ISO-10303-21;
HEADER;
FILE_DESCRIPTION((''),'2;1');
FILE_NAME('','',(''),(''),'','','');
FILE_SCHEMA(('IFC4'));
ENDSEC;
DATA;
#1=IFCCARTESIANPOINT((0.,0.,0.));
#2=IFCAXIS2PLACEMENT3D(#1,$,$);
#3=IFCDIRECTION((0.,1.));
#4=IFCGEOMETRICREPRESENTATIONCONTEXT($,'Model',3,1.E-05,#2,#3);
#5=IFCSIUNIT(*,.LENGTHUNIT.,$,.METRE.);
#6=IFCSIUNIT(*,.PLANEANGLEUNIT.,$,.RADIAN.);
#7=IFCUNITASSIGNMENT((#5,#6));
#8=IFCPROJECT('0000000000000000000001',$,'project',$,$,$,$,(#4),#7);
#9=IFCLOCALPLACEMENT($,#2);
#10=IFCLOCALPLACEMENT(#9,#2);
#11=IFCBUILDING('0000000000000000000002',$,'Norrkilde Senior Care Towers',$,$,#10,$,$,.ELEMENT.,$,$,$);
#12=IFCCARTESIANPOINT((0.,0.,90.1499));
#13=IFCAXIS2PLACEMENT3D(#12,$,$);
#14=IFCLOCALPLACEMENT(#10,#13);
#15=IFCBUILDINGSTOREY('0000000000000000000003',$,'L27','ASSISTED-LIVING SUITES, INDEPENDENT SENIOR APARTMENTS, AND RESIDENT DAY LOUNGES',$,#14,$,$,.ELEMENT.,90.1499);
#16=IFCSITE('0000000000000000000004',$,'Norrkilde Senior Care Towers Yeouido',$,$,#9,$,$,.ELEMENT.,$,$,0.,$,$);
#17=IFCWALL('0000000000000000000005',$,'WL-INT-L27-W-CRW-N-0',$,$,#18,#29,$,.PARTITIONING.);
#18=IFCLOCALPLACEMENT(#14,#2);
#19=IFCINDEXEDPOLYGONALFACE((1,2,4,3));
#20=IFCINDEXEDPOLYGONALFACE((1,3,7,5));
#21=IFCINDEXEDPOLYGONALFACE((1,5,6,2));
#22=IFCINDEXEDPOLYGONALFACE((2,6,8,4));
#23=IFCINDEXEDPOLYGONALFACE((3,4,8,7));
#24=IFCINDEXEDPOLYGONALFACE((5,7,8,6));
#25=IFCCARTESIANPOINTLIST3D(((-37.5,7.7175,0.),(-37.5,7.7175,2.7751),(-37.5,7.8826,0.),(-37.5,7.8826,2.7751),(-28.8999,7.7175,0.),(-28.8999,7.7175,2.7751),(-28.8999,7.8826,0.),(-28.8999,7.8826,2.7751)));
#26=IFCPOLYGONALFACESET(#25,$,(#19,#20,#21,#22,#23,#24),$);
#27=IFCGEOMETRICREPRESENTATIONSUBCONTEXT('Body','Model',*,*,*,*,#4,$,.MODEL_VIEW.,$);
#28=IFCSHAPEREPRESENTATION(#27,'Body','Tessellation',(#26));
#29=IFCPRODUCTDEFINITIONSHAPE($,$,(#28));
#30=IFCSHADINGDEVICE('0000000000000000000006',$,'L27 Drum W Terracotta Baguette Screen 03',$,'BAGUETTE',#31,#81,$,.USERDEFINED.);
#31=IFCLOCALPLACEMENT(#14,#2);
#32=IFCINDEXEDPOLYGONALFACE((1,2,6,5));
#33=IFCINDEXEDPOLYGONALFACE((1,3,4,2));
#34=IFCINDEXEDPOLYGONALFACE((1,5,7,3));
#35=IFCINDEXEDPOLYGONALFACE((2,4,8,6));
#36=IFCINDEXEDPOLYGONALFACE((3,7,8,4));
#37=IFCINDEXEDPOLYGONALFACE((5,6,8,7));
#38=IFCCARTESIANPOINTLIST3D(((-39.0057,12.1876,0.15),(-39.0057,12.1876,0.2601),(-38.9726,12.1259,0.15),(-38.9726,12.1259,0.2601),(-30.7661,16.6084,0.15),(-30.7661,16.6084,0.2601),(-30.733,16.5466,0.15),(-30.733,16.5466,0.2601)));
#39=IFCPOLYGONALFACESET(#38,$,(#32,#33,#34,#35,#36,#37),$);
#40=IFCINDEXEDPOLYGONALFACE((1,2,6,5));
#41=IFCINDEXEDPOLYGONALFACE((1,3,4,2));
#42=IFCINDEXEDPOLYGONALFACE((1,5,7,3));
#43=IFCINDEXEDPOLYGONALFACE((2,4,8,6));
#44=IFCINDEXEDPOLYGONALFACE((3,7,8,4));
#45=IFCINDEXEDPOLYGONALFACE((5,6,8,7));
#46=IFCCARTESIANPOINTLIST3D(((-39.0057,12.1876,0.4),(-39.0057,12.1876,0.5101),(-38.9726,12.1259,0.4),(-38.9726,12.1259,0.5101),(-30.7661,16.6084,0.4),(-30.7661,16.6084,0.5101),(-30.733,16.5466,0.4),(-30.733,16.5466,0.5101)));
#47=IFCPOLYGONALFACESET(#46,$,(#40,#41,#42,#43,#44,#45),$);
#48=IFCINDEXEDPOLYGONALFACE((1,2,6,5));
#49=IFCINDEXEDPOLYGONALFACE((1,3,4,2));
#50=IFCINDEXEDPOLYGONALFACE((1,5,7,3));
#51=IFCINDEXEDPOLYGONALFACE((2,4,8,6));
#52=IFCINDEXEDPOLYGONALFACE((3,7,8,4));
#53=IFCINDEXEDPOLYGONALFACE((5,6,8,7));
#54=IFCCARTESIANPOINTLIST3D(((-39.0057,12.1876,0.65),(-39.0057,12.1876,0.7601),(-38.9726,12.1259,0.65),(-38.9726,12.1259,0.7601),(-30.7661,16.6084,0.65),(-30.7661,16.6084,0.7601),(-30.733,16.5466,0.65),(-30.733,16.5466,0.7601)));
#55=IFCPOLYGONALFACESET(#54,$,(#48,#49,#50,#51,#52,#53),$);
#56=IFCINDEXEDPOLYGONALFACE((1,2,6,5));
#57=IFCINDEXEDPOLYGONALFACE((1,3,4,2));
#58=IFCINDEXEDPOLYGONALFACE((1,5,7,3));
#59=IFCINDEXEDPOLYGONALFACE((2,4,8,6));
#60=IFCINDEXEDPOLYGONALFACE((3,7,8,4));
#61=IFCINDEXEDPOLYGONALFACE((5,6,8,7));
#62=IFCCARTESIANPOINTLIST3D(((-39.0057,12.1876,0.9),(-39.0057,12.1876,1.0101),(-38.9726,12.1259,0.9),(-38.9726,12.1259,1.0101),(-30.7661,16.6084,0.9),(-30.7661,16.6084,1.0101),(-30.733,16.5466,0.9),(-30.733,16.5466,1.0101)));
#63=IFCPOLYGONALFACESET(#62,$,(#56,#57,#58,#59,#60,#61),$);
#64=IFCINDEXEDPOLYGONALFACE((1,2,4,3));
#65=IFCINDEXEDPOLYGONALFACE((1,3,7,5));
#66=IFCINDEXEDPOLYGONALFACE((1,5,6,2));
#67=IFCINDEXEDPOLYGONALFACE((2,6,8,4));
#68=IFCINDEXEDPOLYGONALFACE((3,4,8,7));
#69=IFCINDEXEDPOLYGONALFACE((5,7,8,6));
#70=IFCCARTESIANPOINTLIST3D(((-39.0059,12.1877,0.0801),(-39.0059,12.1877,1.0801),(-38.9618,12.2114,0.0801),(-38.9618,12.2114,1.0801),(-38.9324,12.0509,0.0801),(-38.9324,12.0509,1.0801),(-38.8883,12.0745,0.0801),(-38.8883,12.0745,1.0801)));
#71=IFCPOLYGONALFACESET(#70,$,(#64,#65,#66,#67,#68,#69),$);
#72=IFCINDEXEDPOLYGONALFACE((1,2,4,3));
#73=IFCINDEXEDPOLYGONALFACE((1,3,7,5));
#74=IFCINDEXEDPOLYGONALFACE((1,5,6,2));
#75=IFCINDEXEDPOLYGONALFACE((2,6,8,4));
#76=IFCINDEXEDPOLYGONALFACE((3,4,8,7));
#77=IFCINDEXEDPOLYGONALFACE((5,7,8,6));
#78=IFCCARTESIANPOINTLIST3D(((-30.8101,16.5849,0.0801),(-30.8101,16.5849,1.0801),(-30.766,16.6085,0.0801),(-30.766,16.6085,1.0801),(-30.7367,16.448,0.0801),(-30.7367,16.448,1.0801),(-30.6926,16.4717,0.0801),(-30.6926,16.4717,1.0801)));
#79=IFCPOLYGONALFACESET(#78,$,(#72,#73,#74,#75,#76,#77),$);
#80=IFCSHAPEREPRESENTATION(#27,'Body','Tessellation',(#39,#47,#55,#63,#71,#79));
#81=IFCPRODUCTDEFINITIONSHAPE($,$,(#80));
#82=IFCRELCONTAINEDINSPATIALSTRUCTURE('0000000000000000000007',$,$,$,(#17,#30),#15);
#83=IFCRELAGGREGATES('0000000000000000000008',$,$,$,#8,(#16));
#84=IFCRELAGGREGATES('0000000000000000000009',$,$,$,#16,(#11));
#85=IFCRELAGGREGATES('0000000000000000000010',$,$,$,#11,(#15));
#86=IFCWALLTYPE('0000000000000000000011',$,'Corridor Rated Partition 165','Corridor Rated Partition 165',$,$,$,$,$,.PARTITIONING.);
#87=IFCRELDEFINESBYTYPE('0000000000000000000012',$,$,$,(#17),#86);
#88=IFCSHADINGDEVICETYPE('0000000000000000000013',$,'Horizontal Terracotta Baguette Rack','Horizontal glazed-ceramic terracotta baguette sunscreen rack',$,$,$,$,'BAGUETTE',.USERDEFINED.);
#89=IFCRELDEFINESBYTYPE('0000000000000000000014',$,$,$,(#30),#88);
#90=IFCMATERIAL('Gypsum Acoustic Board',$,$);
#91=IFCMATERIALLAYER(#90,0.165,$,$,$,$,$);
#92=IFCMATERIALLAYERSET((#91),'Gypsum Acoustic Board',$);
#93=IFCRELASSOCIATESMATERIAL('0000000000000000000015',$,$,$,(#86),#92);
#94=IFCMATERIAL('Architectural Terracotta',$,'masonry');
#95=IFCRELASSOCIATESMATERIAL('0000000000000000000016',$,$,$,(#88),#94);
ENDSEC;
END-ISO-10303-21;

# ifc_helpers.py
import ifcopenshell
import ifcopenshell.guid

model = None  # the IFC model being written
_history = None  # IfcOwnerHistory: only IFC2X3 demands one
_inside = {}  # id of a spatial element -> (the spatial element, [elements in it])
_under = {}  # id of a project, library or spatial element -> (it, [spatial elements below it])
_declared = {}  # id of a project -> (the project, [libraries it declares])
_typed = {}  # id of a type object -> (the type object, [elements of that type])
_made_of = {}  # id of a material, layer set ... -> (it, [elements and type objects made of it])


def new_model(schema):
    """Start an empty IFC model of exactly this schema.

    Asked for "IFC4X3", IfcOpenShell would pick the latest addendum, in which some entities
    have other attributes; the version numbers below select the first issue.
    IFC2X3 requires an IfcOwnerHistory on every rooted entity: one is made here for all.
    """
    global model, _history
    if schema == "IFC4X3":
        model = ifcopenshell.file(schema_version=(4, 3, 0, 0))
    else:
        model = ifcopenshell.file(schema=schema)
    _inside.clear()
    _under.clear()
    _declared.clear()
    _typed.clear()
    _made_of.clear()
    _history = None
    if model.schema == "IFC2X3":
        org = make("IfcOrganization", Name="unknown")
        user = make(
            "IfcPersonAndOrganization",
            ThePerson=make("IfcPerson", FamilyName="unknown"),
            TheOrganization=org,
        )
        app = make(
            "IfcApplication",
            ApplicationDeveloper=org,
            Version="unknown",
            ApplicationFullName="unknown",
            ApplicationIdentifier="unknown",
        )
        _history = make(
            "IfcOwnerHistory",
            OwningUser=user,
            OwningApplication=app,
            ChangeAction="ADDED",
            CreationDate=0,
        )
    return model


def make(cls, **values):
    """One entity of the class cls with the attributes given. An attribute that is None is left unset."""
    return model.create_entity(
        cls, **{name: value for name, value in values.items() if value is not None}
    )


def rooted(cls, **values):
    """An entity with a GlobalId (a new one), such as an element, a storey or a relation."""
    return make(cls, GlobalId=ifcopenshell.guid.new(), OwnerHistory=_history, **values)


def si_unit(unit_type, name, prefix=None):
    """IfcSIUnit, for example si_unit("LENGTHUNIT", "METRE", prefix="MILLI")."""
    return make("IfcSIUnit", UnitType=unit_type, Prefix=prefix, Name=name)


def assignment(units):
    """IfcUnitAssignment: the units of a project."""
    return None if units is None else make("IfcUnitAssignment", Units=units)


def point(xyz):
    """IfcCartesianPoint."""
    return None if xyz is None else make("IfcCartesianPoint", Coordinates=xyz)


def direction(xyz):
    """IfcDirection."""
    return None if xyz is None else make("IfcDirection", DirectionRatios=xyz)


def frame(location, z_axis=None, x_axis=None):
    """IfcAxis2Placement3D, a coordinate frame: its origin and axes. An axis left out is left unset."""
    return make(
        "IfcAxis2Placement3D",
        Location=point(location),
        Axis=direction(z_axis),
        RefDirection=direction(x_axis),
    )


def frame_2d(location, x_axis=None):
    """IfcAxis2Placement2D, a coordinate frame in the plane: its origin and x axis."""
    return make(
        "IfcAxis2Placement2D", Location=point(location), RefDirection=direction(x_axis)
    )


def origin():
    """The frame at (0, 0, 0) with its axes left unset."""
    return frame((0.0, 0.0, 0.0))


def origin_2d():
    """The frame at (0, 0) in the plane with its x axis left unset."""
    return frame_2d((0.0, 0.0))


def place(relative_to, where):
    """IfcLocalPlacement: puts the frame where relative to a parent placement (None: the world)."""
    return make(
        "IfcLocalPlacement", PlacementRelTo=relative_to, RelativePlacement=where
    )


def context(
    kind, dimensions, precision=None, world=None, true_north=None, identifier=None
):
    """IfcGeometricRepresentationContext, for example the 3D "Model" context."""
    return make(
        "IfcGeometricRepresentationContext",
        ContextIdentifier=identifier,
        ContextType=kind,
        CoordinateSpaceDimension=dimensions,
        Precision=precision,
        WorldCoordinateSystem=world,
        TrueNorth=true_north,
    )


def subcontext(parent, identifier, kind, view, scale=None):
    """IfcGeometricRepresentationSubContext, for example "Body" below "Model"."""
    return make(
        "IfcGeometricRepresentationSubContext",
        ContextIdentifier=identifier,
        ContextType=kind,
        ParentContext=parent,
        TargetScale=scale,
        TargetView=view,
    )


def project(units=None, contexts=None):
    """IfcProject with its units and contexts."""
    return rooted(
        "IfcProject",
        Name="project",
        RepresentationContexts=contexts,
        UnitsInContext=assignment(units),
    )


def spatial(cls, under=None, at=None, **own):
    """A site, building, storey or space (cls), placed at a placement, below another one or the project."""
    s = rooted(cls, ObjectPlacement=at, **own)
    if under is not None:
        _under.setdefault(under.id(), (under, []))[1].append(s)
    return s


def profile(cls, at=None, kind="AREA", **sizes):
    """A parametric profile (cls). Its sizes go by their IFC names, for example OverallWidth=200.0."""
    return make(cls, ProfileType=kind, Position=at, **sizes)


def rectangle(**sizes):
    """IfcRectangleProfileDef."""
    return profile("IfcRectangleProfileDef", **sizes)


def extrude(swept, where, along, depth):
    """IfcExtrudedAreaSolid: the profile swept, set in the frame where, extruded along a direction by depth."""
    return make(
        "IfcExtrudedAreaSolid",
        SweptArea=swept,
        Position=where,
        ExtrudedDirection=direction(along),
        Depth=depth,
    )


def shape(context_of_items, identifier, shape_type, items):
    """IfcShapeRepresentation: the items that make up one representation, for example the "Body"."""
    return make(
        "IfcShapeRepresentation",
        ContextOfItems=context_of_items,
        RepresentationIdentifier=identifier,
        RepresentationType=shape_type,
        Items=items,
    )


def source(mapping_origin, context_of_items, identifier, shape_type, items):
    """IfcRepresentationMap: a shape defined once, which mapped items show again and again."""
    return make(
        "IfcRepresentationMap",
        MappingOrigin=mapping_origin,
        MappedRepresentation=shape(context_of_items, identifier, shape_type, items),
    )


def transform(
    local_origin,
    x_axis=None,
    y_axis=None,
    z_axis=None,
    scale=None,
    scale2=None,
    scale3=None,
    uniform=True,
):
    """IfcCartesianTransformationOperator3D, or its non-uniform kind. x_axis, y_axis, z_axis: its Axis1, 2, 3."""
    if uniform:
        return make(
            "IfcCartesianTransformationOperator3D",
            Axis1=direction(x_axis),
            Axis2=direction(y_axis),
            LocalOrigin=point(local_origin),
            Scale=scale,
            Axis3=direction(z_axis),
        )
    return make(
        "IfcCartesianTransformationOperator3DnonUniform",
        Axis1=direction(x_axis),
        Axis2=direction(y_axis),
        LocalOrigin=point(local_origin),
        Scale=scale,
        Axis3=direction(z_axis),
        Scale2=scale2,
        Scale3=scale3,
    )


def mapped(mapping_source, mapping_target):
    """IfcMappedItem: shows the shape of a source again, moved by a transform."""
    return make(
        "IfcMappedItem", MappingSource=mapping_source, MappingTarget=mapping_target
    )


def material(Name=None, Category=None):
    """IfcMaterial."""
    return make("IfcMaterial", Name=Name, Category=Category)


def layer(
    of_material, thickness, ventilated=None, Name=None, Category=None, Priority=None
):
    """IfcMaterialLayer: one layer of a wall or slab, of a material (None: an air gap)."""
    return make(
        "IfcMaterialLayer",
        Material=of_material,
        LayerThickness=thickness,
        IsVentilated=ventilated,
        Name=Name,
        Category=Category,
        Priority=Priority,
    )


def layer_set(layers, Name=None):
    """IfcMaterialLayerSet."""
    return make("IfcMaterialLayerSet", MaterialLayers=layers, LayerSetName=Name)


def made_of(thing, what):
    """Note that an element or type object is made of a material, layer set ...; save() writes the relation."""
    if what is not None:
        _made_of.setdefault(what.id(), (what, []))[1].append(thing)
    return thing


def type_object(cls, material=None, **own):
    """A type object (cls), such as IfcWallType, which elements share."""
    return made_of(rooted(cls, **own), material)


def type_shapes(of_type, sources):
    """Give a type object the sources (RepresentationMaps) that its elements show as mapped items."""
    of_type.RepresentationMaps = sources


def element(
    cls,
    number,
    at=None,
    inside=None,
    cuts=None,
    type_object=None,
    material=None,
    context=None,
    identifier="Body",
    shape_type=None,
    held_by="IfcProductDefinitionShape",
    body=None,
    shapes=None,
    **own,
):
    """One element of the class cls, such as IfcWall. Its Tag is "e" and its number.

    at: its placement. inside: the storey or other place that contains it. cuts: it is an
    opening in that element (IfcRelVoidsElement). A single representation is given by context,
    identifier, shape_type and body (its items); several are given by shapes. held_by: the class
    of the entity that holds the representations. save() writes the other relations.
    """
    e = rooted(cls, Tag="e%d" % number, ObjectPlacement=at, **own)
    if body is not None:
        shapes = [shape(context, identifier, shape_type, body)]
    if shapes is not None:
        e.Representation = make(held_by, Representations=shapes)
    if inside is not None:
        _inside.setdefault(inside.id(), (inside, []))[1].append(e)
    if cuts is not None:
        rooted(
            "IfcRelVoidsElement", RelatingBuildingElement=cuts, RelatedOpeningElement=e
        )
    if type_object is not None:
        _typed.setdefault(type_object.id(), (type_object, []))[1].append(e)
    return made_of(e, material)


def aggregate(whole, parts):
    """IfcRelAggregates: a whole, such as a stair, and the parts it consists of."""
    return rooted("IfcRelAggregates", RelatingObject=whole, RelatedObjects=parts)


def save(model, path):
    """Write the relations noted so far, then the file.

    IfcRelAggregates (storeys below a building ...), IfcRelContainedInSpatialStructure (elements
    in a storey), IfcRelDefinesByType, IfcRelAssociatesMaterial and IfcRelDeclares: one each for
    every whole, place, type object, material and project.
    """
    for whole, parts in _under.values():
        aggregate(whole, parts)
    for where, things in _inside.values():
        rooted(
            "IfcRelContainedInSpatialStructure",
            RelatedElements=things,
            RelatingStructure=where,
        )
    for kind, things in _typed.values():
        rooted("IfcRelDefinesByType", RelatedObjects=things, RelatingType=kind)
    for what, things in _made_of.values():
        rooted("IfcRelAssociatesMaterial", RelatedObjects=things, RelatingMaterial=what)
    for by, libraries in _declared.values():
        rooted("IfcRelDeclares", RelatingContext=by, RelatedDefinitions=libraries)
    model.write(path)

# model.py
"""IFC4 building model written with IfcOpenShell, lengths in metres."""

from ifc_helpers import new_model, si_unit, direction, frame, frame_2d, origin, origin_2d, place, context, subcontext, project, spatial, rectangle, extrude, source, transform, mapped, material, layer, layer_set, type_object, type_shapes, element, save


model = new_model("IFC4")

# Units and contexts
model_context = context("Model", 3, precision=1e-05, world=origin(), true_north=direction((0.0, 1.0)))
body_context = subcontext(model_context, "Body", "Model", "MODEL_VIEW")
ifc_project = project(units=[si_unit("LENGTHUNIT", "METRE"), si_unit("PLANEANGLEUNIT", "RADIAN")], contexts=[model_context])

# Site, building, storey
site_placement = place(None, origin())
site = spatial("IfcSite", under=ifc_project, at=site_placement, Name="Norrkilde Senior Care Towers Yeouido", CompositionType="ELEMENT", RefElevation=0.0)
building_placement = place(site_placement, origin())
building = spatial("IfcBuilding", under=site, at=building_placement, Name="Norrkilde Senior Care Towers", CompositionType="ELEMENT")
storey_placement = place(building_placement, frame((0.0, 0.0, 90.1499)))
storey = spatial("IfcBuildingStorey", under=building, at=storey_placement, Name="L27", Description="ASSISTED-LIVING SUITES, INDEPENDENT SENIOR APARTMENTS, AND RESIDENT DAY LOUNGES", CompositionType="ELEMENT", Elevation=90.1499)

# Wall
ifc_material_1 = material(Name="Gypsum Acoustic Board")
ifc_layer_1 = layer(ifc_material_1, 0.165)
ifc_layer_set_1 = layer_set([ifc_layer_1], Name="Gypsum Acoustic Board")
wall_type_1 = type_object("IfcWallType", Name="Corridor Rated Partition 165", Description="Corridor Rated Partition 165", PredefinedType="PARTITIONING", material=ifc_layer_set_1)
shared_shape_1 = source(origin(), body_context, "Body", "SweptSolid", [
    extrude(rectangle(XDim=8.6001, YDim=0.165, at=frame_2d((4.3, 0.0))), origin(), (0.0, 0.0, 1.0), 2.7751),
])
type_shapes(wall_type_1, [shared_shape_1])
wall_1_placement = place(storey_placement, frame((-37.5, 7.8, 0.0), z_axis=(0.0, 0.0, 1.0), x_axis=(1.0, 0.0, 0.0)))
element("IfcWall", 1, at=wall_1_placement, inside=storey, type_object=wall_type_1, Name="WL-INT-L27-W-CRW-N-0", PredefinedType="PARTITIONING", context=body_context, shape_type="MappedRepresentation", body=[
    mapped(shared_shape_1, transform((0.0, 0.0, 0.0), x_axis=(1.0, 0.0, 0.0), y_axis=(0.0, 1.0, 0.0), z_axis=(0.0, 0.0, 1.0), scale=1.0)),
])

# Shading device
ifc_material_2 = material(Name="Architectural Terracotta", Category="masonry")
shading_device_type = type_object("IfcShadingDeviceType", Name="Horizontal Terracotta Baguette Rack", Description="Horizontal glazed-ceramic terracotta baguette sunscreen rack", ElementType="BAGUETTE", PredefinedType="USERDEFINED", material=ifc_material_2)
shared_shape_2 = source(origin(), body_context, "Body", "SweptSolid", [
    extrude(rectangle(XDim=0.0701, YDim=0.1101, at=origin_2d()), frame((0.0, 0.0901, 0.125), z_axis=(1.0, 0.0, 0.0), x_axis=(0.0, 1.0, 0.0)), (0.0, 0.0, 1.0), 9.3506),
    extrude(rectangle(XDim=0.0701, YDim=0.1101, at=origin_2d()), frame((0.0, 0.0901, 0.375), z_axis=(1.0, 0.0, 0.0), x_axis=(0.0, 1.0, 0.0)), (0.0, 0.0, 1.0), 9.3506),
    extrude(rectangle(XDim=0.0701, YDim=0.1101, at=origin_2d()), frame((0.0, 0.0901, 0.625), z_axis=(1.0, 0.0, 0.0), x_axis=(0.0, 1.0, 0.0)), (0.0, 0.0, 1.0), 9.3506),
    extrude(rectangle(XDim=0.0701, YDim=0.1101, at=origin_2d()), frame((0.0, 0.0901, 0.875), z_axis=(1.0, 0.0, 0.0), x_axis=(0.0, 1.0, 0.0)), (0.0, 0.0, 1.0), 9.3506),
    extrude(rectangle(XDim=0.05, YDim=0.1553, at=origin_2d()), frame((0.0249, 0.0476, 0.0)), (0.0, 0.0, 1.0), 1.0),
    extrude(rectangle(XDim=0.05, YDim=0.1553, at=origin_2d()), frame((9.3257, 0.0476, 0.0)), (0.0, 0.0, 1.0), 1.0),
])
type_shapes(shading_device_type, [shared_shape_2])
shading_device_placement = place(storey_placement, frame((-38.9465, 12.0774, 0.0801), z_axis=(0.0, 0.0, 1.0), x_axis=(0.881175, 0.472768, 0.0)))
element("IfcShadingDevice", 2, at=shading_device_placement, inside=storey, type_object=shading_device_type, Name="L27 Drum W Terracotta Baguette Screen 03", ObjectType="BAGUETTE", PredefinedType="USERDEFINED", context=body_context, shape_type="MappedRepresentation", body=[
    mapped(shared_shape_2, transform((0.0, 0.0, 0.0), x_axis=(1.0, 0.0, 0.0), y_axis=(0.0, 1.0, 0.0), z_axis=(0.0, 0.0, 1.0), scale=1.0)),
])

save(model, "model.ifc")
